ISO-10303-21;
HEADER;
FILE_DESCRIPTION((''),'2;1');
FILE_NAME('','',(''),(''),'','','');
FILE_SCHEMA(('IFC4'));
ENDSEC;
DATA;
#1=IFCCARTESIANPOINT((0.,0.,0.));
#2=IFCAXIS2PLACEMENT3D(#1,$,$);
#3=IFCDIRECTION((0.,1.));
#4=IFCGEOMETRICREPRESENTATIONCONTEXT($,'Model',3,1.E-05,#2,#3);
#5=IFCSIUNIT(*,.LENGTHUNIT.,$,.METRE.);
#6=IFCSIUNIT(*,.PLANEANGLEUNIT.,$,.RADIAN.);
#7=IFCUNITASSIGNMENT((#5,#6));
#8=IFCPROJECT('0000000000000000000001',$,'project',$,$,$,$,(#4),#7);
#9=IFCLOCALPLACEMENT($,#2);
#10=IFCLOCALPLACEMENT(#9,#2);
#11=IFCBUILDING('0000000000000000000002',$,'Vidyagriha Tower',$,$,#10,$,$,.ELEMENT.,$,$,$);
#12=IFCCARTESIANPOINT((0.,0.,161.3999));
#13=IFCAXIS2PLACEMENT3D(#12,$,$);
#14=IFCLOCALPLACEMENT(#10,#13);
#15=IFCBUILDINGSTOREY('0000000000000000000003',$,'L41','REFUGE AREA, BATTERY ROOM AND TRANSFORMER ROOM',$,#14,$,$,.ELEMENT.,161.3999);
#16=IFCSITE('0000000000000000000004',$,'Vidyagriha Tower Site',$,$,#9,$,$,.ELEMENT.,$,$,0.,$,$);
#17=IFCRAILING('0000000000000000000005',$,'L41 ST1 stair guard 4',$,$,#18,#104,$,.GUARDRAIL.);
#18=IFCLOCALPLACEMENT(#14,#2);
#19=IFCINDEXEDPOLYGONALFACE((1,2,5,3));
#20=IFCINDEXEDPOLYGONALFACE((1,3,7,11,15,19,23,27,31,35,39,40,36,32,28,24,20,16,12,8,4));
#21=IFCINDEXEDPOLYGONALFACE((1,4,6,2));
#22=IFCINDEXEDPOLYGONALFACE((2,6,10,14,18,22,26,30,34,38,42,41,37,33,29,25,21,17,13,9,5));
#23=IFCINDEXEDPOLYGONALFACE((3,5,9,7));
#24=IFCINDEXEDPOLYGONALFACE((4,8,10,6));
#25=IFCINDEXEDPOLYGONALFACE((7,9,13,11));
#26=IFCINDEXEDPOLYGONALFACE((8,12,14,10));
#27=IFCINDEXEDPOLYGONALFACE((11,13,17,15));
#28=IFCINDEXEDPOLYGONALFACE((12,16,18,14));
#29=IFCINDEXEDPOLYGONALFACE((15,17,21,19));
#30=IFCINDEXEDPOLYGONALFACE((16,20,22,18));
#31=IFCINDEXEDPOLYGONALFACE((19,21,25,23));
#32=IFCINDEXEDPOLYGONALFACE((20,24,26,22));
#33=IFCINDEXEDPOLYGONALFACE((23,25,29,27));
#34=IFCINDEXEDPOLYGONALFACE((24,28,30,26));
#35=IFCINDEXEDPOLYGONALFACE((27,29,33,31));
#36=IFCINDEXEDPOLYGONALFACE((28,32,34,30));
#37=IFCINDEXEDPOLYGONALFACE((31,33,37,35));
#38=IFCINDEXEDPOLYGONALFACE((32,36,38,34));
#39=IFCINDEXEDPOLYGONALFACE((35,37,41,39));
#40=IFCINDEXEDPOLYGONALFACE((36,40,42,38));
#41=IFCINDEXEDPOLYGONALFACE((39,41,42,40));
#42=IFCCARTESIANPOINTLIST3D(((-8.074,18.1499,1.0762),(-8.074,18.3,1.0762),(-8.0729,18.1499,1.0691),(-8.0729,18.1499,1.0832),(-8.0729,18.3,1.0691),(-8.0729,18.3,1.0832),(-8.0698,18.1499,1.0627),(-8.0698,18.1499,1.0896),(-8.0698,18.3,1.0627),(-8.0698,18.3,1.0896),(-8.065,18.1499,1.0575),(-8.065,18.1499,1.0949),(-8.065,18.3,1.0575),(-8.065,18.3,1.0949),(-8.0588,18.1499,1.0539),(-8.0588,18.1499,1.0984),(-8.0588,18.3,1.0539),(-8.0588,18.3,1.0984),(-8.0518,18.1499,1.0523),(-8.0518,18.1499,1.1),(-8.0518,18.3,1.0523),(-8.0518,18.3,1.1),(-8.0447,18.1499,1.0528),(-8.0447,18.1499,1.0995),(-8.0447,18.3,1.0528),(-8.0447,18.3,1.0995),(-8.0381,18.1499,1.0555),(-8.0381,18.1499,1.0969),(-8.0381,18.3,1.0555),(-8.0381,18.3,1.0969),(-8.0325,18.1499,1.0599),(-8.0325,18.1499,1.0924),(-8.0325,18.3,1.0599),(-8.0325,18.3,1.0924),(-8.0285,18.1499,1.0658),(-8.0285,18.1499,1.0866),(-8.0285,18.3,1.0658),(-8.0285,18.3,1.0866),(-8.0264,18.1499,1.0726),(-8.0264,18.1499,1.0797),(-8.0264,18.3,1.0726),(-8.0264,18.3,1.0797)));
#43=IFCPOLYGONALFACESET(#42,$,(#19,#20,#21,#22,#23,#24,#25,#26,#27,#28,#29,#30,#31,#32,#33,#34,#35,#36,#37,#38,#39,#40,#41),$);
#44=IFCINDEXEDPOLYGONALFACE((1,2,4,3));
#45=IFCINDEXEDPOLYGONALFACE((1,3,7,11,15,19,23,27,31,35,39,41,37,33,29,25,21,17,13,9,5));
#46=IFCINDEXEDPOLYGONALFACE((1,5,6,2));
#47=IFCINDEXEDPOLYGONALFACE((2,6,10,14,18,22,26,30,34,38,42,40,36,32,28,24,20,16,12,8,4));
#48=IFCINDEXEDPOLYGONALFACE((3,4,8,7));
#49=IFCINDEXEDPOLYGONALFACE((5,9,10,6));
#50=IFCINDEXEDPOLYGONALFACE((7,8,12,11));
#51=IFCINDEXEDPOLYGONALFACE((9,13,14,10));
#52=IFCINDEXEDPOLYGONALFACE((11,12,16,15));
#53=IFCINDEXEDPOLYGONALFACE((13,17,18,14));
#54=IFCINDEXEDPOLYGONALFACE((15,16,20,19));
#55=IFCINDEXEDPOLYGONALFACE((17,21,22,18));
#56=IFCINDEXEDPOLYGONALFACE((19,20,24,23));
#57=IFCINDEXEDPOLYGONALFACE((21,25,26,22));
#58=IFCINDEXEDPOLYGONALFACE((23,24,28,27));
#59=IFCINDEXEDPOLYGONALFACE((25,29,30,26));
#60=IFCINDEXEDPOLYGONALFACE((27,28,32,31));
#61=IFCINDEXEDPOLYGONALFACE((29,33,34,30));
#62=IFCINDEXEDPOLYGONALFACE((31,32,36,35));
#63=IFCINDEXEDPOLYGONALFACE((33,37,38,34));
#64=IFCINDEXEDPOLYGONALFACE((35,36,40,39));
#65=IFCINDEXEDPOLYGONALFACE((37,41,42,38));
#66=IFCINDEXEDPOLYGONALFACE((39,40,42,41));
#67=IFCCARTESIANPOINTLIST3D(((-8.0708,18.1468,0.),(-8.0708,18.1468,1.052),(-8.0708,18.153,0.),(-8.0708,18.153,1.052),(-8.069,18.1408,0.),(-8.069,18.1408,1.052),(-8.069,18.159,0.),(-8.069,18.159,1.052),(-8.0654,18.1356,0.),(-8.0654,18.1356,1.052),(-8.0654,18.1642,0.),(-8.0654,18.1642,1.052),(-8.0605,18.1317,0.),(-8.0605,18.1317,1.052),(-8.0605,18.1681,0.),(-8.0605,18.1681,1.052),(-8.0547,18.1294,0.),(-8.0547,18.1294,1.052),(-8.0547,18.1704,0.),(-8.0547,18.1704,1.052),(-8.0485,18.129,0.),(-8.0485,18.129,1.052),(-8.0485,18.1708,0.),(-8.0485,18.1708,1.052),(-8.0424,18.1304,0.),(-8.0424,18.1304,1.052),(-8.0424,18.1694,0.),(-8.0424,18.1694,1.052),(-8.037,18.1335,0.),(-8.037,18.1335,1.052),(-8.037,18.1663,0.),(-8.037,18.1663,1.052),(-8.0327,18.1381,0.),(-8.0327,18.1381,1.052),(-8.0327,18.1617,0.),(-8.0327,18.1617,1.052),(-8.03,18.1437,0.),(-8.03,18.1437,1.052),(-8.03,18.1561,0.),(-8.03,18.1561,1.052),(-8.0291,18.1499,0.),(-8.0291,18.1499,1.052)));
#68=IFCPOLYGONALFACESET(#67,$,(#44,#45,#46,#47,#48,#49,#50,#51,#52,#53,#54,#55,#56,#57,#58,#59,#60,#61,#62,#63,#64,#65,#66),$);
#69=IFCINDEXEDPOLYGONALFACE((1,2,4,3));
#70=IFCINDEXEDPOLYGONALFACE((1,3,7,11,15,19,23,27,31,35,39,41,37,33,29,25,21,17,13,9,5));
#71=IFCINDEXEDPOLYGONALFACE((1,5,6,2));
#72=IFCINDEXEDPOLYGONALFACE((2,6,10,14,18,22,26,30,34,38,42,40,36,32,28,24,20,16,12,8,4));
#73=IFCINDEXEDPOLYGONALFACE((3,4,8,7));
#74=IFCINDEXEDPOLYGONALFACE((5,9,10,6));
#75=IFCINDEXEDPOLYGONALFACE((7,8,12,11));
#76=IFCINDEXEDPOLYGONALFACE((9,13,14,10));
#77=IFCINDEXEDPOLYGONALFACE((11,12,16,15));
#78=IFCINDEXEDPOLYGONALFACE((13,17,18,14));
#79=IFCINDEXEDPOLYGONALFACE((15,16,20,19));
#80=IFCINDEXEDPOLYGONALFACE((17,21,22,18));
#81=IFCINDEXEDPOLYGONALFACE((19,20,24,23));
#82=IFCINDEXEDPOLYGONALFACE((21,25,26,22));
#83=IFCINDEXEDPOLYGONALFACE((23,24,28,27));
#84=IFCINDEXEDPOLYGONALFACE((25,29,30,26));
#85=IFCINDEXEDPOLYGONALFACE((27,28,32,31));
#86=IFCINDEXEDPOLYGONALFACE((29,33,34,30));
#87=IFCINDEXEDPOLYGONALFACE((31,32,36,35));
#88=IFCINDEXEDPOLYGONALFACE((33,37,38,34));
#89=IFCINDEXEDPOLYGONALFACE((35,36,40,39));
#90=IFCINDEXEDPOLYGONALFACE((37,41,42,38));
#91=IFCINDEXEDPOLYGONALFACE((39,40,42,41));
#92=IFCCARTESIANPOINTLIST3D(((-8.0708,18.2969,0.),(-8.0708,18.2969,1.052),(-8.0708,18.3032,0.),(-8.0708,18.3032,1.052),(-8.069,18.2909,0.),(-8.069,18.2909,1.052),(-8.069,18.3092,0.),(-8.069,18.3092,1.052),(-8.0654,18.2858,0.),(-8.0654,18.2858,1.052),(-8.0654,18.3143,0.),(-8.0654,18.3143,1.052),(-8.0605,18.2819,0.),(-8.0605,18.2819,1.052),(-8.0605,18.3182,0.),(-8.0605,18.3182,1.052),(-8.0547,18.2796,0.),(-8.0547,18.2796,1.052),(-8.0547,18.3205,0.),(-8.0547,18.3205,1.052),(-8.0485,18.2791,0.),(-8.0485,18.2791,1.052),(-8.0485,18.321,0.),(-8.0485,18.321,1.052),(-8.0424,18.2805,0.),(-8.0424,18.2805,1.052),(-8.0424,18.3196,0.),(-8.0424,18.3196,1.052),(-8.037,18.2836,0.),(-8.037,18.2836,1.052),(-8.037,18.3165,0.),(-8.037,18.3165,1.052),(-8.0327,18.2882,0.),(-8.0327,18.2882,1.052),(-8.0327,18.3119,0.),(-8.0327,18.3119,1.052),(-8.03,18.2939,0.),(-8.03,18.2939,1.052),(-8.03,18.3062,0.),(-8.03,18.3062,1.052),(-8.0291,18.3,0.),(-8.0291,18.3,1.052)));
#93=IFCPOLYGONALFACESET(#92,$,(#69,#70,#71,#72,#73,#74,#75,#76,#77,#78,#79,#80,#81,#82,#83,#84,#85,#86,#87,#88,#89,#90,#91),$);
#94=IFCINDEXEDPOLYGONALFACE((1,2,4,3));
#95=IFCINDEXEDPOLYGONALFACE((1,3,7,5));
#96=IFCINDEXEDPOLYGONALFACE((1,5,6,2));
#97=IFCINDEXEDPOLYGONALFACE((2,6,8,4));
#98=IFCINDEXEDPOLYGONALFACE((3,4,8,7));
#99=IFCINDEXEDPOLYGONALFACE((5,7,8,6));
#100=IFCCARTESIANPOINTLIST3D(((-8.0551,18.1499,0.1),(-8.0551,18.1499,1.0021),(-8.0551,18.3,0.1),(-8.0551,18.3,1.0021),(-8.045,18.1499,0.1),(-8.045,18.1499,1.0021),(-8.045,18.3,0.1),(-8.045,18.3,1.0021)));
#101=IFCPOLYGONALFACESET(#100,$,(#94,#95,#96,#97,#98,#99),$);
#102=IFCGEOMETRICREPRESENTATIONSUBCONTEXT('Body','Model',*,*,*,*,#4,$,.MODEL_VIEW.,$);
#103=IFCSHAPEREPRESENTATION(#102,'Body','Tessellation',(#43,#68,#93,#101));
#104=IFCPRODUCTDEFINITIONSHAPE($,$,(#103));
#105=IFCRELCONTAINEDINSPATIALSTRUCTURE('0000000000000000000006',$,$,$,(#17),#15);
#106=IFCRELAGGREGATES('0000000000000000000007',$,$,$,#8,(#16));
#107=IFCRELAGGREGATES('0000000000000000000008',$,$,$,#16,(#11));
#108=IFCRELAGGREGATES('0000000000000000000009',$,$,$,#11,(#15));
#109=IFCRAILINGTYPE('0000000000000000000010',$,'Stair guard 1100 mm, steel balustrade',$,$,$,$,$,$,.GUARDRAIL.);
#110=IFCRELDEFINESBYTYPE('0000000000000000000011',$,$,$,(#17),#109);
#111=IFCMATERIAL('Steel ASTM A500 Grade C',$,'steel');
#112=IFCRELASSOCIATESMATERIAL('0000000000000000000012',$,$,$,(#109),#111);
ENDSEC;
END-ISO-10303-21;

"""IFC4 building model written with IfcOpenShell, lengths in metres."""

from ifc_helpers import new_model, si_unit, direction, frame, origin, origin_2d, place, context, subcontext, project, spatial, rectangle, circle, extrude, material, type_object, element, save


model = new_model("IFC4")

# Units and contexts
model_context = context("Model", 3, precision=1e-05, world=origin(), true_north=direction((0.0, 1.0)))
body_context = subcontext(model_context, "Body", "Model", "MODEL_VIEW")
ifc_project = project(units=[si_unit("LENGTHUNIT", "METRE"), si_unit("PLANEANGLEUNIT", "RADIAN")], contexts=[model_context])

# Site, building, storey
site_placement = place(None, origin())
site = spatial("IfcSite", under=ifc_project, at=site_placement, Name="Vidyagriha Tower Site", CompositionType="ELEMENT", RefElevation=0.0)
building_placement = place(site_placement, origin())
building = spatial("IfcBuilding", under=site, at=building_placement, Name="Vidyagriha Tower", CompositionType="ELEMENT")
storey_placement = place(building_placement, frame((0.0, 0.0, 161.3999)))
storey = spatial("IfcBuildingStorey", under=building, at=storey_placement, Name="L41", Description="REFUGE AREA, BATTERY ROOM AND TRANSFORMER ROOM", CompositionType="ELEMENT", Elevation=161.3999)

# Railing
ifc_material_1 = material(Name="Steel ASTM A500 Grade C", Category="steel")
railing_type_1 = type_object("IfcRailingType", Name="Stair guard 1100 mm, steel balustrade", PredefinedType="GUARDRAIL", material=ifc_material_1)
railing_1_placement = place(storey_placement, frame((-8.05, 18.1499, 0.0)))
element("IfcRailing", 1, at=railing_1_placement, inside=storey, type_object=railing_type_1, Name="L41 ST1 stair guard 4", PredefinedType="GUARDRAIL", context=body_context, shape_type="SweptSolid", body=[
    extrude(circle(Radius=0.0239, at=origin_2d()), frame((0.0, 0.0, 1.0762), z_axis=(0.0, 1.0, 0.0), x_axis=(-1.0, 0.0, 0.0)), (0.0, 0.0, 1.0), 0.1501),
    extrude(circle(Radius=0.021, at=origin_2d()), origin(), (0.0, 0.0, 1.0), 1.052),
    extrude(circle(Radius=0.021, at=origin_2d()), frame((0.0, 0.1501, 0.0)), (0.0, 0.0, 1.0), 1.052),
    extrude(rectangle(XDim=0.01, YDim=0.9021, at=origin_2d()), frame((0.0, 0.0, 0.551), z_axis=(0.0, 1.0, 0.0), x_axis=(-1.0, 0.0, 0.0)), (0.0, 0.0, 1.0), 0.1501),
])

save(model, "model.ifc")
